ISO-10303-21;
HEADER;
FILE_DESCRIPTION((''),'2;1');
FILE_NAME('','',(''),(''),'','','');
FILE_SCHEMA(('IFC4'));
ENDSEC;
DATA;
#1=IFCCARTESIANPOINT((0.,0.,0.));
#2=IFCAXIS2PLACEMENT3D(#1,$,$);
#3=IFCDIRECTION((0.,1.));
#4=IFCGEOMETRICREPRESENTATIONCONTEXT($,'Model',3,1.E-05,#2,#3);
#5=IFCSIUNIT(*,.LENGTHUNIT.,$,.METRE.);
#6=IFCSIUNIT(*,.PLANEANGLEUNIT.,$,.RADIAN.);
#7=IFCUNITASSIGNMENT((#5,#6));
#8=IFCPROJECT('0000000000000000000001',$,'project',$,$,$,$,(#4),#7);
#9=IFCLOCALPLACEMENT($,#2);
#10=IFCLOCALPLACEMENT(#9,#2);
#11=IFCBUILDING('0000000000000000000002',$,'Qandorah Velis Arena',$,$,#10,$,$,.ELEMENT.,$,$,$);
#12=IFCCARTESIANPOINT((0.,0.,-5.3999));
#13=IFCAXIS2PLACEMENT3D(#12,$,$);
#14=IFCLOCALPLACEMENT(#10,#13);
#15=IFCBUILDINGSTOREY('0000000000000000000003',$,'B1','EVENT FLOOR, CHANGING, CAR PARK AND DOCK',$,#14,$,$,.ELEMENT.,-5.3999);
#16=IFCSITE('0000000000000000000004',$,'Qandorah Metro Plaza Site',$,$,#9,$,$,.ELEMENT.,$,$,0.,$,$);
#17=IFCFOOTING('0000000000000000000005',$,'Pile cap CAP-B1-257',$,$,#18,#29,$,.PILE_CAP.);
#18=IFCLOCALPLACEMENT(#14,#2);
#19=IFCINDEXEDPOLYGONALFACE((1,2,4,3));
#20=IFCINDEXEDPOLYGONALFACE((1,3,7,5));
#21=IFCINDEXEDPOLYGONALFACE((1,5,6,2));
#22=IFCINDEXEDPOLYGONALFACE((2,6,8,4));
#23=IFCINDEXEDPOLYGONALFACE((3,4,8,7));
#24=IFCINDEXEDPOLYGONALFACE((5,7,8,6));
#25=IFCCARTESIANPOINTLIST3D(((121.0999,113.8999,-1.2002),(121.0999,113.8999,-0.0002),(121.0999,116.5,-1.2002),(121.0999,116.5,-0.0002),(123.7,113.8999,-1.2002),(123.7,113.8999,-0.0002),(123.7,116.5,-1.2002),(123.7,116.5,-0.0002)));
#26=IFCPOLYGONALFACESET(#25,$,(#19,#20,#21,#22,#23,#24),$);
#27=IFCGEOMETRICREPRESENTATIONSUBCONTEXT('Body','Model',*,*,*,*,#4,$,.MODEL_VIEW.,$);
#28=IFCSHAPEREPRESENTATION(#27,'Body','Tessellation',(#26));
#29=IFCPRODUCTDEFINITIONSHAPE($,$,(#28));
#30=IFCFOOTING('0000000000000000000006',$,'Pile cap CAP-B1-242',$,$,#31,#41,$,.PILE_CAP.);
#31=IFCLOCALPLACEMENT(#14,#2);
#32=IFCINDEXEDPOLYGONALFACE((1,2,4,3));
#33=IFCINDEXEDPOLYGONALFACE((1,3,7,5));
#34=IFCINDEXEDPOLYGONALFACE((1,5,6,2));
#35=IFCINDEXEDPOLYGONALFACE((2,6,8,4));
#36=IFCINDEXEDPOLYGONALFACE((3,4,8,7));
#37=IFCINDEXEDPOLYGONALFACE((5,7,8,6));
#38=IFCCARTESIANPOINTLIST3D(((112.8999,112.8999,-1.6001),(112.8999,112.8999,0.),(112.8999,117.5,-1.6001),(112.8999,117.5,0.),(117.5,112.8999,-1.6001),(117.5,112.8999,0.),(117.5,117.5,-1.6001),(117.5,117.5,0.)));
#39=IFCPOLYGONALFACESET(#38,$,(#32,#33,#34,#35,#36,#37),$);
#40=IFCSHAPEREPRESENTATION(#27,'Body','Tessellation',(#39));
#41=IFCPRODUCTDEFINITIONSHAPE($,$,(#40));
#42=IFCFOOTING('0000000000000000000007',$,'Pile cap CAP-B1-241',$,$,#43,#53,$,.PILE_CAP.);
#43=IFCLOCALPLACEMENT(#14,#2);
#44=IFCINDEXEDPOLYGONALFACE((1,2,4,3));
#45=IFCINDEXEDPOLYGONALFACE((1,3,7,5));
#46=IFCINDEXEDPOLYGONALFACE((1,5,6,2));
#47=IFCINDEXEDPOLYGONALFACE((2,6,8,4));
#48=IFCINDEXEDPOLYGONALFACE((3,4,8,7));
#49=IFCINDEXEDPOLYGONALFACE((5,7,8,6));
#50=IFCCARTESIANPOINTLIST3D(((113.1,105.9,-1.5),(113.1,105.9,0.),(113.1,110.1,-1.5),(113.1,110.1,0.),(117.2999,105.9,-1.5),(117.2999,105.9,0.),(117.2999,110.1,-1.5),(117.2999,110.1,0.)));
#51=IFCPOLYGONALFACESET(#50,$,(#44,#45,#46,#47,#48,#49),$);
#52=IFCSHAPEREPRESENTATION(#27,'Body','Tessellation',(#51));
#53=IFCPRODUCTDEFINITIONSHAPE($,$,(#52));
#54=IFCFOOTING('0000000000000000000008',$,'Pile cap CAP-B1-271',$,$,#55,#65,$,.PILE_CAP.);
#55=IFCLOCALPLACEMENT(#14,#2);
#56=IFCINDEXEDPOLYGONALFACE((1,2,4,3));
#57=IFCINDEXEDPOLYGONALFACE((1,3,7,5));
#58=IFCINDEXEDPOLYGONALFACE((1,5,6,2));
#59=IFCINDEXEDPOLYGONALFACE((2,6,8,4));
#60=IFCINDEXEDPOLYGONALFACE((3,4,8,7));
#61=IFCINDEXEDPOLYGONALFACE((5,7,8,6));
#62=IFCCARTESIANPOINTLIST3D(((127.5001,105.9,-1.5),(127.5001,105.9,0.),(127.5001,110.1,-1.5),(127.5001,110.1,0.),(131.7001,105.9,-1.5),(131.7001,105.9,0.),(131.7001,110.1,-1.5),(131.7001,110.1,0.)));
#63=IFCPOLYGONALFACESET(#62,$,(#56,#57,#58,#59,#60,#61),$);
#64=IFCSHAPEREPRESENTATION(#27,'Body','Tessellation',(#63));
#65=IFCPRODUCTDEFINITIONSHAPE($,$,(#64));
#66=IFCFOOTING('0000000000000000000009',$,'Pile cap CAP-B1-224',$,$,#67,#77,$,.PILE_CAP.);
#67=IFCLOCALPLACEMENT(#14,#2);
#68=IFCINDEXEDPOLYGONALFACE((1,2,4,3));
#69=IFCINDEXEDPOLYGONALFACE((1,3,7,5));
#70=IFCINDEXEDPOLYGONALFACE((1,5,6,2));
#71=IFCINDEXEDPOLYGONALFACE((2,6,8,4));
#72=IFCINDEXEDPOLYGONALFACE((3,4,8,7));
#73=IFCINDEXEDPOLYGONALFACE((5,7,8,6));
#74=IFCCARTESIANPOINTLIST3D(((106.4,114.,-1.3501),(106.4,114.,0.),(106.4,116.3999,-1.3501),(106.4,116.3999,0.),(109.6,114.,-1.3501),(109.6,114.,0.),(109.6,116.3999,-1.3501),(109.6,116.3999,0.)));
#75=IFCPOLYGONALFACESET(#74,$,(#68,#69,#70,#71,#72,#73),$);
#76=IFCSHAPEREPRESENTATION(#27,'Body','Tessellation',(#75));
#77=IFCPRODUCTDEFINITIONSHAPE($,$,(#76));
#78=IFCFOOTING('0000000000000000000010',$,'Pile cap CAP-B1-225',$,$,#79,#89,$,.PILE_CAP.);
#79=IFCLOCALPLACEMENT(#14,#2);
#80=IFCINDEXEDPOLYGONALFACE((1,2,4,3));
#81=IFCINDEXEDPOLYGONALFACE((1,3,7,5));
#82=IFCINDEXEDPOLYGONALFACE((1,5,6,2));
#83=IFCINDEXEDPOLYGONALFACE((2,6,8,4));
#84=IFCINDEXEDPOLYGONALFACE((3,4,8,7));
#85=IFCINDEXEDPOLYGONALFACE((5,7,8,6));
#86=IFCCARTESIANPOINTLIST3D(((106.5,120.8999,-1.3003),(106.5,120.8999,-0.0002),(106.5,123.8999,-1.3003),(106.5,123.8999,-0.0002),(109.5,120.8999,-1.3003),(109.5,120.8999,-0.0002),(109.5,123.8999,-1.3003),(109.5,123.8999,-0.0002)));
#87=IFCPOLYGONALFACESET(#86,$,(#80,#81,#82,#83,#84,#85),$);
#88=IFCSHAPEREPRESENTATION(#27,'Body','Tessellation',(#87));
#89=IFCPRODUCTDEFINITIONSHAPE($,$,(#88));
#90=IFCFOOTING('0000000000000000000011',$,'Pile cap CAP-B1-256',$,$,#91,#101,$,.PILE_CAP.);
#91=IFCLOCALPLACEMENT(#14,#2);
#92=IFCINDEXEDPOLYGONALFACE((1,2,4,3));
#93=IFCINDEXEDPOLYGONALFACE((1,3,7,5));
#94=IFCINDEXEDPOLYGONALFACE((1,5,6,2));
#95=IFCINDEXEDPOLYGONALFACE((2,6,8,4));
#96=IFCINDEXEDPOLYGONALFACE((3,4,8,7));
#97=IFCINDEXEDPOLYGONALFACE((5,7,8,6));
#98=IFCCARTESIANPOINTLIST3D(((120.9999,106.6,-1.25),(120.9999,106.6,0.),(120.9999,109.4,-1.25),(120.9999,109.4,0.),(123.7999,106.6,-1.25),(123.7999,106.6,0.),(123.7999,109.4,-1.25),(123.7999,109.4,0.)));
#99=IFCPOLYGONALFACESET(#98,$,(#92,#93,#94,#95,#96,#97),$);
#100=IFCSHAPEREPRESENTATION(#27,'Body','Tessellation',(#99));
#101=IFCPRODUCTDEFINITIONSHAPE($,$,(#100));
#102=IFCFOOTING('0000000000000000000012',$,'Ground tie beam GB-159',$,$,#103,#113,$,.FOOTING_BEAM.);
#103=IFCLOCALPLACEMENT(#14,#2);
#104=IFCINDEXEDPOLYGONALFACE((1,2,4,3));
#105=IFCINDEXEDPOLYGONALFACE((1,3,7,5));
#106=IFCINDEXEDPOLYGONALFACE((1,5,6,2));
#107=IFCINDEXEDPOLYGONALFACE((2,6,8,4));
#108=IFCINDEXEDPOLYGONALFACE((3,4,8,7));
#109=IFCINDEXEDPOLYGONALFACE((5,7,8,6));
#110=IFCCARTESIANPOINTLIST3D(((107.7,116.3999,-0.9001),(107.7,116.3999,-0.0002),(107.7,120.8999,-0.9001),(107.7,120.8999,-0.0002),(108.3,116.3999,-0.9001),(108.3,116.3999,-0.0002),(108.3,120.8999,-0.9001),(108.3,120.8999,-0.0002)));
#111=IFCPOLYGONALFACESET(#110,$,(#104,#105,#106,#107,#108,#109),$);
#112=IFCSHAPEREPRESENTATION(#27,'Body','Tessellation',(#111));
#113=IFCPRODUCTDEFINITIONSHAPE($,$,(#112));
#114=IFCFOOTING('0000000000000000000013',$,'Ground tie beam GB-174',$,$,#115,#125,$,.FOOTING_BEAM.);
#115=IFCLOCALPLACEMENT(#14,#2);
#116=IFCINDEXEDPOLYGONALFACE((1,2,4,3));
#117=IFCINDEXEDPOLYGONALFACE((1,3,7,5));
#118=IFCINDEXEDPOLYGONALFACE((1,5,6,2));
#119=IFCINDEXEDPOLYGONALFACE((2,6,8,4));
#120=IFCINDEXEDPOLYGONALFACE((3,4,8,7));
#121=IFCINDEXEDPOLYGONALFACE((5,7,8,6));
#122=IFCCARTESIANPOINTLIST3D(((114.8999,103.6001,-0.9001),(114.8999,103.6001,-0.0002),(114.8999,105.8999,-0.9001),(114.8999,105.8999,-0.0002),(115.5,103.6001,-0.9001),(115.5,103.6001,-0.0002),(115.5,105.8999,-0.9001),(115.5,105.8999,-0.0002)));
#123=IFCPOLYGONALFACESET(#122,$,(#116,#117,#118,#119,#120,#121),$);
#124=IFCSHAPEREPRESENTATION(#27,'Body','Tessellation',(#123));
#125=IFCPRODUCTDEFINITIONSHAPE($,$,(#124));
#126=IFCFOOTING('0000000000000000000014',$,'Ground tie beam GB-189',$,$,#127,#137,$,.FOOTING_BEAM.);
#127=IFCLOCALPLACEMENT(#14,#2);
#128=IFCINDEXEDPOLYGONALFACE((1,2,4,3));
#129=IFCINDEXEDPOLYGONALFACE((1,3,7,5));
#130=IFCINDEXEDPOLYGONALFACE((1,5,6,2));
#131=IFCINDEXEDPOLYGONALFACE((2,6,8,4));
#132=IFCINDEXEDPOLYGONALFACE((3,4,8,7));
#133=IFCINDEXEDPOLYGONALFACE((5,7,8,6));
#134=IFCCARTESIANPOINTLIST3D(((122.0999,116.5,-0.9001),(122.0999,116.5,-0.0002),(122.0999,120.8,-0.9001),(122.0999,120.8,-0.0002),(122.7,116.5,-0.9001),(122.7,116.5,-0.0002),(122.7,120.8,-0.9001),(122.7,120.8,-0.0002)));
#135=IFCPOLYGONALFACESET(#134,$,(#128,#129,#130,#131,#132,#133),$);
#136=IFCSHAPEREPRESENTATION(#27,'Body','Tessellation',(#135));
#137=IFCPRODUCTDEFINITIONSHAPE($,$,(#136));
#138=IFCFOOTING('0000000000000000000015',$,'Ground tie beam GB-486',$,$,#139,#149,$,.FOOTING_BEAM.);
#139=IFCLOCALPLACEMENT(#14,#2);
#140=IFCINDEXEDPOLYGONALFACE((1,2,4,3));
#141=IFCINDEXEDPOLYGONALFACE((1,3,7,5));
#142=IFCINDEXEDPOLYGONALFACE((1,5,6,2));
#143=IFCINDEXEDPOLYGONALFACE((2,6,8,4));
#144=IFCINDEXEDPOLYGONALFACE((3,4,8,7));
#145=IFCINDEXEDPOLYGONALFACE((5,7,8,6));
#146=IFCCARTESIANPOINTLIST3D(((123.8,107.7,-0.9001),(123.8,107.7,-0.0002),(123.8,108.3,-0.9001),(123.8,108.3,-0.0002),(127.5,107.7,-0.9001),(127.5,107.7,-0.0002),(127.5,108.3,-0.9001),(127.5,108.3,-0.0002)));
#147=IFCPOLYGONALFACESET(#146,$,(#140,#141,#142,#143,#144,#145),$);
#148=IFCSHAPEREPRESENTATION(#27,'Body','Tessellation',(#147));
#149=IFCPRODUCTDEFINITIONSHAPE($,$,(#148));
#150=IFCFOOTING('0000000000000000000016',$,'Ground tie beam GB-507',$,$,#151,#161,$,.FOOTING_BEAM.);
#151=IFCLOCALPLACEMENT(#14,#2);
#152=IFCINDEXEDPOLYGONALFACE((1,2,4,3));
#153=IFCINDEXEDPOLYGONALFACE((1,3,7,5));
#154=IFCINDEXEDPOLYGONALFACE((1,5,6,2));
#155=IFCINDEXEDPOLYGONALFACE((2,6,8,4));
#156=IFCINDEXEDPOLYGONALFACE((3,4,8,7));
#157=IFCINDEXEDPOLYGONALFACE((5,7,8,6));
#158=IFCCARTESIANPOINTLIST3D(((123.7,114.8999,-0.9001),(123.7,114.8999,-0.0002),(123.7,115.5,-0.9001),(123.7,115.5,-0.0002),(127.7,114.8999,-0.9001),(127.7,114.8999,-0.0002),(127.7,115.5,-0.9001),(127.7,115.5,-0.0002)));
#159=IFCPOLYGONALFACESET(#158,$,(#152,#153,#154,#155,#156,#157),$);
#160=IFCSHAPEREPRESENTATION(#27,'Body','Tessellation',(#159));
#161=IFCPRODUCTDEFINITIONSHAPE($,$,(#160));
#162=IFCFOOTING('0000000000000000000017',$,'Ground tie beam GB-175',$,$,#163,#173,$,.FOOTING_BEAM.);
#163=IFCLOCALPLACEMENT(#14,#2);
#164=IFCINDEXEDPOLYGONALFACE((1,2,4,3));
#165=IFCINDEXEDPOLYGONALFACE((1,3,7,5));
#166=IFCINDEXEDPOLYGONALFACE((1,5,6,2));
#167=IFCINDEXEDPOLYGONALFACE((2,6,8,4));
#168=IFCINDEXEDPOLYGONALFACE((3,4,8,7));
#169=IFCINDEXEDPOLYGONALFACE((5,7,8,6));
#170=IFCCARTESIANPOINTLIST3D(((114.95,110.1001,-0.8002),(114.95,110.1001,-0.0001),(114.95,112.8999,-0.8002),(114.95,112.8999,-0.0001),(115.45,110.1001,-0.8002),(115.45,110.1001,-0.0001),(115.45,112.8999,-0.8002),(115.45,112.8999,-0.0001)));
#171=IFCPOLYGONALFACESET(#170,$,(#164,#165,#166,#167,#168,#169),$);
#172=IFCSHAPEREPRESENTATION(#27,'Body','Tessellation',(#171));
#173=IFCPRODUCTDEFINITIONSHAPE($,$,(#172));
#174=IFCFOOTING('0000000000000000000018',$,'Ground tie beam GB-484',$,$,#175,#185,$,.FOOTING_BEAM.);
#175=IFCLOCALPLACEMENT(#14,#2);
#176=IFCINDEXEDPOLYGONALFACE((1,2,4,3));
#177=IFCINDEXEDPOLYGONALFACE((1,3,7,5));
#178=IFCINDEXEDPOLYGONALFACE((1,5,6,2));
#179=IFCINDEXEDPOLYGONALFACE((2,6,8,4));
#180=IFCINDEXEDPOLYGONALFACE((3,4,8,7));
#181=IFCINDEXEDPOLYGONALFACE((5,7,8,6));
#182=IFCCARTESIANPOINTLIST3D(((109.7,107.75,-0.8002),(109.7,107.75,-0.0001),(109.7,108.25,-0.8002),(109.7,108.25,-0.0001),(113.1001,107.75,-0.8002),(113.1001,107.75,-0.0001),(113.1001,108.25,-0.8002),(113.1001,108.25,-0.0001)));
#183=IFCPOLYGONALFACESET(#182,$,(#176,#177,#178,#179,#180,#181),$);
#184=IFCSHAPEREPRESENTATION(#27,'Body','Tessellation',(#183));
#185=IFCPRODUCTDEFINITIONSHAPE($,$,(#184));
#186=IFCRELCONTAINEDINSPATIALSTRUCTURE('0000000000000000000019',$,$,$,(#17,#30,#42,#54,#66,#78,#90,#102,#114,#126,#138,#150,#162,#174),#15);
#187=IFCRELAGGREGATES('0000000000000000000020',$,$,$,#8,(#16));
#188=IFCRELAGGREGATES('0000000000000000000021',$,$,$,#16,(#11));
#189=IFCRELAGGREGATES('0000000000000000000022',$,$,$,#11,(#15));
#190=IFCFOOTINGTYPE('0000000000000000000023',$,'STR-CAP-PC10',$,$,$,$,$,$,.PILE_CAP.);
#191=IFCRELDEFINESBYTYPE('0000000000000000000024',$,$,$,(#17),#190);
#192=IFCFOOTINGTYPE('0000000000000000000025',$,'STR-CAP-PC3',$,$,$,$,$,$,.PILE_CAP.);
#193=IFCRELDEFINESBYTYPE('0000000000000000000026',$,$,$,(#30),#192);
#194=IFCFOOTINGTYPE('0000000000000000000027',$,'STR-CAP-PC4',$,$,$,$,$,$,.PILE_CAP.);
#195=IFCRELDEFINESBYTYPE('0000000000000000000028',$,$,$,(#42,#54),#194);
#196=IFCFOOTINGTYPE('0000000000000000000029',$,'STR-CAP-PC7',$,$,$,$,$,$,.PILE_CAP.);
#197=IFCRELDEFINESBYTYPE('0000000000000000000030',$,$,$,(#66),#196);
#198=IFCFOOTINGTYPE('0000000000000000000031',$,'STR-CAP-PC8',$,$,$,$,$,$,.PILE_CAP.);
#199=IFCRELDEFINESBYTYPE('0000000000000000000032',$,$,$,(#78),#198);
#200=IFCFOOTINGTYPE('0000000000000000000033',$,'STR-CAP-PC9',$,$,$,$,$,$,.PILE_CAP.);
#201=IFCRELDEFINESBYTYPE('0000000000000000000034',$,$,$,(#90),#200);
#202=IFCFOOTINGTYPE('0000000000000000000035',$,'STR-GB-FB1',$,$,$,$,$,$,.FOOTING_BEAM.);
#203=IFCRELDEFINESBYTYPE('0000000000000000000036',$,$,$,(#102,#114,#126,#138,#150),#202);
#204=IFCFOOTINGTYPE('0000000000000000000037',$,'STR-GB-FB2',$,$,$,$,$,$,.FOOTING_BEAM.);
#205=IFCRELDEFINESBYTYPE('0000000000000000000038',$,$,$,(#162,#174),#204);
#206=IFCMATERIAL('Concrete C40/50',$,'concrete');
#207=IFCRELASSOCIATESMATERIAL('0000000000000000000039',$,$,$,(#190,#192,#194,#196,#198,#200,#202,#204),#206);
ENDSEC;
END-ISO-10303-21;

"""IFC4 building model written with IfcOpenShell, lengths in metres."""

from ifc_helpers import new_model, si_unit, direction, frame, origin, origin_2d, place, context, subcontext, project, spatial, rectangle, extrude, material, material_profile, profile_set, type_object, element, save


model = new_model("IFC4")

# Units and contexts
model_context = context("Model", 3, precision=1e-05, world=origin(), true_north=direction((0.0, 1.0)))
body_context = subcontext(model_context, "Body", "Model", "MODEL_VIEW")
ifc_project = project(units=[si_unit("LENGTHUNIT", "METRE"), si_unit("PLANEANGLEUNIT", "RADIAN")], contexts=[model_context])

# Site, building, storey
site_placement = place(None, origin())
site = spatial("IfcSite", under=ifc_project, at=site_placement, Name="Qandorah Metro Plaza Site", CompositionType="ELEMENT", RefElevation=0.0)
building_placement = place(site_placement, origin())
building = spatial("IfcBuilding", under=site, at=building_placement, Name="Qandorah Velis Arena", CompositionType="ELEMENT")
storey_placement = place(building_placement, frame((0.0, 0.0, -5.3999)))
storey = spatial("IfcBuildingStorey", under=building, at=storey_placement, Name="B1", Description="EVENT FLOOR, CHANGING, CAR PARK AND DOCK", CompositionType="ELEMENT", Elevation=-5.3999)

# Footings
ifc_material_1 = material(Name="Concrete C40/50", Category="concrete")
footing_type_1 = type_object("IfcFootingType", Name="STR-CAP-PC10", PredefinedType="PILE_CAP", material=ifc_material_1)
footing_1_placement = place(storey_placement, frame((122.3999, 115.2, -1.2002), z_axis=(0.0, 0.0, 1.0), x_axis=(1.0, 0.0, 0.0)))
element("IfcFooting", 1, at=footing_1_placement, inside=storey, type_object=footing_type_1, Name="Pile cap CAP-B1-257", PredefinedType="PILE_CAP", context=body_context, shape_type="SweptSolid", body=[
    extrude(rectangle(XDim=2.6001, YDim=2.6001, at=origin_2d()), origin(), (0.0, 0.0, 1.0), 1.2),
])
footing_type_2 = type_object("IfcFootingType", Name="STR-CAP-PC3", PredefinedType="PILE_CAP", material=ifc_material_1)
footing_2_placement = place(storey_placement, frame((115.2, 115.2, -1.6001), z_axis=(0.0, 0.0, 1.0), x_axis=(1.0, 0.0, 0.0)))
element("IfcFooting", 2, at=footing_2_placement, inside=storey, type_object=footing_type_2, Name="Pile cap CAP-B1-242", PredefinedType="PILE_CAP", context=body_context, shape_type="SweptSolid", body=[
    extrude(rectangle(XDim=4.6001, YDim=4.6001, at=origin_2d()), origin(), (0.0, 0.0, 1.0), 1.6001),
])
footing_type_3 = type_object("IfcFootingType", Name="STR-CAP-PC4", PredefinedType="PILE_CAP", material=ifc_material_1)
for number, where, z_axis, x_axis, name in (
    (3, (115.2, 108.0, -1.5), (0.0, 0.0, 1.0), (1.0, 0.0, 0.0), "Pile cap CAP-B1-241"),
    (4, (129.6001, 108.0, -1.5), (0.0, 0.0, 1.0), (1.0, 0.0, 0.0), "Pile cap CAP-B1-271"),
):
    element("IfcFooting", number, at=place(storey_placement, frame(where, z_axis=z_axis, x_axis=x_axis)), inside=storey, type_object=footing_type_3, Name=name, PredefinedType="PILE_CAP", context=body_context, shape_type="SweptSolid", body=[
        extrude(rectangle(XDim=4.2, YDim=4.2, at=origin_2d()), origin(), (0.0, 0.0, 1.0), 1.5),
    ])
footing_type_4 = type_object("IfcFootingType", Name="STR-CAP-PC7", PredefinedType="PILE_CAP", material=ifc_material_1)
footing_3_placement = place(storey_placement, frame((108.0, 115.2, -1.3501), z_axis=(0.0, 0.0, 1.0), x_axis=(1.0, 0.0, 0.0)))
element("IfcFooting", 5, at=footing_3_placement, inside=storey, type_object=footing_type_4, Name="Pile cap CAP-B1-224", PredefinedType="PILE_CAP", context=body_context, shape_type="SweptSolid", body=[
    extrude(rectangle(XDim=3.2, YDim=2.3999, at=origin_2d()), origin(), (0.0, 0.0, 1.0), 1.3501),
])
footing_type_5 = type_object("IfcFootingType", Name="STR-CAP-PC8", PredefinedType="PILE_CAP", material=ifc_material_1)
footing_4_placement = place(storey_placement, frame((108.0, 122.3999, -1.3003), z_axis=(0.0, 0.0, 1.0), x_axis=(1.0, 0.0, 0.0)))
element("IfcFooting", 6, at=footing_4_placement, inside=storey, type_object=footing_type_5, Name="Pile cap CAP-B1-225", PredefinedType="PILE_CAP", context=body_context, shape_type="SweptSolid", body=[
    extrude(rectangle(XDim=3.0, YDim=3.0, at=origin_2d()), origin(), (0.0, 0.0, 1.0), 1.3),
])
footing_type_6 = type_object("IfcFootingType", Name="STR-CAP-PC9", PredefinedType="PILE_CAP", material=ifc_material_1)
footing_5_placement = place(storey_placement, frame((122.3999, 108.0, -1.25), z_axis=(0.0, 0.0, 1.0), x_axis=(1.0, 0.0, 0.0)))
element("IfcFooting", 7, at=footing_5_placement, inside=storey, type_object=footing_type_6, Name="Pile cap CAP-B1-256", PredefinedType="PILE_CAP", context=body_context, shape_type="SweptSolid", body=[
    extrude(rectangle(XDim=2.8, YDim=2.8, at=origin_2d()), origin(), (0.0, 0.0, 1.0), 1.25),
])
ifc_material_profile_1 = material_profile(ifc_material_1, rectangle(XDim=0.6001, YDim=0.8999, at=origin_2d()), Name="GB1 600x900")
ifc_profile_set_1 = profile_set([ifc_material_profile_1], Name="Concrete C40/50")
footing_type_7 = type_object("IfcFootingType", Name="STR-GB-FB1", PredefinedType="FOOTING_BEAM", material=ifc_profile_set_1)
footing_6_placement = place(storey_placement, frame((108.0, 116.3999, -0.4502), z_axis=(0.0, 1.0, 0.0), x_axis=(-1.0, 0.0, 0.0)))
element("IfcFooting", 8, at=footing_6_placement, inside=storey, type_object=footing_type_7, Name="Ground tie beam GB-159", PredefinedType="FOOTING_BEAM", context=body_context, shape_type="SweptSolid", body=[
    extrude(rectangle(XDim=0.6001, YDim=0.8999, at=origin_2d()), origin(), (0.0, 0.0, 1.0), 4.5),
])
footing_7_placement = place(storey_placement, frame((115.2, 103.6001, -0.4502), z_axis=(0.0, 1.0, 0.0), x_axis=(-1.0, 0.0, 0.0)))
element("IfcFooting", 9, at=footing_7_placement, inside=storey, type_object=footing_type_7, Name="Ground tie beam GB-174", PredefinedType="FOOTING_BEAM", context=body_context, shape_type="SweptSolid", body=[
    extrude(rectangle(XDim=0.6001, YDim=0.8999, at=origin_2d()), origin(), (0.0, 0.0, 1.0), 2.2998),
])
footing_8_placement = place(storey_placement, frame((122.3999, 116.5, -0.4502), z_axis=(0.0, 1.0, 0.0), x_axis=(-1.0, 0.0, 0.0)))
element("IfcFooting", 10, at=footing_8_placement, inside=storey, type_object=footing_type_7, Name="Ground tie beam GB-189", PredefinedType="FOOTING_BEAM", context=body_context, shape_type="SweptSolid", body=[
    extrude(rectangle(XDim=0.6001, YDim=0.8999, at=origin_2d()), origin(), (0.0, 0.0, 1.0), 4.3),
])
footing_9_placement = place(storey_placement, frame((123.8, 108.0, -0.4502), z_axis=(1.0, 0.0, 0.0), x_axis=(0.0, 1.0, 0.0)))
element("IfcFooting", 11, at=footing_9_placement, inside=storey, type_object=footing_type_7, Name="Ground tie beam GB-486", PredefinedType="FOOTING_BEAM", context=body_context, shape_type="SweptSolid", body=[
    extrude(rectangle(XDim=0.6001, YDim=0.8999, at=origin_2d()), origin(), (0.0, 0.0, 1.0), 3.7),
])
footing_10_placement = place(storey_placement, frame((123.7, 115.2, -0.4502), z_axis=(1.0, 0.0, 0.0), x_axis=(0.0, 1.0, 0.0)))
element("IfcFooting", 12, at=footing_10_placement, inside=storey, type_object=footing_type_7, Name="Ground tie beam GB-507", PredefinedType="FOOTING_BEAM", context=body_context, shape_type="SweptSolid", body=[
    extrude(rectangle(XDim=0.6001, YDim=0.8999, at=origin_2d()), origin(), (0.0, 0.0, 1.0), 4.0),
])
ifc_material_profile_2 = material_profile(ifc_material_1, rectangle(XDim=0.5, YDim=0.8, at=origin_2d()), Name="GB2 500x800")
ifc_profile_set_2 = profile_set([ifc_material_profile_2], Name="Concrete C40/50")
footing_type_8 = type_object("IfcFootingType", Name="STR-GB-FB2", PredefinedType="FOOTING_BEAM", material=ifc_profile_set_2)
footing_11_placement = place(storey_placement, frame((115.2, 110.1001, -0.4001), z_axis=(0.0, 1.0, 0.0), x_axis=(-1.0, 0.0, 0.0)))
element("IfcFooting", 13, at=footing_11_placement, inside=storey, type_object=footing_type_8, Name="Ground tie beam GB-175", PredefinedType="FOOTING_BEAM", context=body_context, shape_type="SweptSolid", body=[
    extrude(rectangle(XDim=0.5, YDim=0.8, at=origin_2d()), origin(), (0.0, 0.0, 1.0), 2.7998),
])
footing_12_placement = place(storey_placement, frame((109.7, 108.0, -0.4001), z_axis=(1.0, 0.0, 0.0), x_axis=(0.0, 1.0, 0.0)))
element("IfcFooting", 14, at=footing_12_placement, inside=storey, type_object=footing_type_8, Name="Ground tie beam GB-484", PredefinedType="FOOTING_BEAM", context=body_context, shape_type="SweptSolid", body=[
    extrude(rectangle(XDim=0.5, YDim=0.8, at=origin_2d()), origin(), (0.0, 0.0, 1.0), 3.4001),
])

save(model, "model.ifc")
